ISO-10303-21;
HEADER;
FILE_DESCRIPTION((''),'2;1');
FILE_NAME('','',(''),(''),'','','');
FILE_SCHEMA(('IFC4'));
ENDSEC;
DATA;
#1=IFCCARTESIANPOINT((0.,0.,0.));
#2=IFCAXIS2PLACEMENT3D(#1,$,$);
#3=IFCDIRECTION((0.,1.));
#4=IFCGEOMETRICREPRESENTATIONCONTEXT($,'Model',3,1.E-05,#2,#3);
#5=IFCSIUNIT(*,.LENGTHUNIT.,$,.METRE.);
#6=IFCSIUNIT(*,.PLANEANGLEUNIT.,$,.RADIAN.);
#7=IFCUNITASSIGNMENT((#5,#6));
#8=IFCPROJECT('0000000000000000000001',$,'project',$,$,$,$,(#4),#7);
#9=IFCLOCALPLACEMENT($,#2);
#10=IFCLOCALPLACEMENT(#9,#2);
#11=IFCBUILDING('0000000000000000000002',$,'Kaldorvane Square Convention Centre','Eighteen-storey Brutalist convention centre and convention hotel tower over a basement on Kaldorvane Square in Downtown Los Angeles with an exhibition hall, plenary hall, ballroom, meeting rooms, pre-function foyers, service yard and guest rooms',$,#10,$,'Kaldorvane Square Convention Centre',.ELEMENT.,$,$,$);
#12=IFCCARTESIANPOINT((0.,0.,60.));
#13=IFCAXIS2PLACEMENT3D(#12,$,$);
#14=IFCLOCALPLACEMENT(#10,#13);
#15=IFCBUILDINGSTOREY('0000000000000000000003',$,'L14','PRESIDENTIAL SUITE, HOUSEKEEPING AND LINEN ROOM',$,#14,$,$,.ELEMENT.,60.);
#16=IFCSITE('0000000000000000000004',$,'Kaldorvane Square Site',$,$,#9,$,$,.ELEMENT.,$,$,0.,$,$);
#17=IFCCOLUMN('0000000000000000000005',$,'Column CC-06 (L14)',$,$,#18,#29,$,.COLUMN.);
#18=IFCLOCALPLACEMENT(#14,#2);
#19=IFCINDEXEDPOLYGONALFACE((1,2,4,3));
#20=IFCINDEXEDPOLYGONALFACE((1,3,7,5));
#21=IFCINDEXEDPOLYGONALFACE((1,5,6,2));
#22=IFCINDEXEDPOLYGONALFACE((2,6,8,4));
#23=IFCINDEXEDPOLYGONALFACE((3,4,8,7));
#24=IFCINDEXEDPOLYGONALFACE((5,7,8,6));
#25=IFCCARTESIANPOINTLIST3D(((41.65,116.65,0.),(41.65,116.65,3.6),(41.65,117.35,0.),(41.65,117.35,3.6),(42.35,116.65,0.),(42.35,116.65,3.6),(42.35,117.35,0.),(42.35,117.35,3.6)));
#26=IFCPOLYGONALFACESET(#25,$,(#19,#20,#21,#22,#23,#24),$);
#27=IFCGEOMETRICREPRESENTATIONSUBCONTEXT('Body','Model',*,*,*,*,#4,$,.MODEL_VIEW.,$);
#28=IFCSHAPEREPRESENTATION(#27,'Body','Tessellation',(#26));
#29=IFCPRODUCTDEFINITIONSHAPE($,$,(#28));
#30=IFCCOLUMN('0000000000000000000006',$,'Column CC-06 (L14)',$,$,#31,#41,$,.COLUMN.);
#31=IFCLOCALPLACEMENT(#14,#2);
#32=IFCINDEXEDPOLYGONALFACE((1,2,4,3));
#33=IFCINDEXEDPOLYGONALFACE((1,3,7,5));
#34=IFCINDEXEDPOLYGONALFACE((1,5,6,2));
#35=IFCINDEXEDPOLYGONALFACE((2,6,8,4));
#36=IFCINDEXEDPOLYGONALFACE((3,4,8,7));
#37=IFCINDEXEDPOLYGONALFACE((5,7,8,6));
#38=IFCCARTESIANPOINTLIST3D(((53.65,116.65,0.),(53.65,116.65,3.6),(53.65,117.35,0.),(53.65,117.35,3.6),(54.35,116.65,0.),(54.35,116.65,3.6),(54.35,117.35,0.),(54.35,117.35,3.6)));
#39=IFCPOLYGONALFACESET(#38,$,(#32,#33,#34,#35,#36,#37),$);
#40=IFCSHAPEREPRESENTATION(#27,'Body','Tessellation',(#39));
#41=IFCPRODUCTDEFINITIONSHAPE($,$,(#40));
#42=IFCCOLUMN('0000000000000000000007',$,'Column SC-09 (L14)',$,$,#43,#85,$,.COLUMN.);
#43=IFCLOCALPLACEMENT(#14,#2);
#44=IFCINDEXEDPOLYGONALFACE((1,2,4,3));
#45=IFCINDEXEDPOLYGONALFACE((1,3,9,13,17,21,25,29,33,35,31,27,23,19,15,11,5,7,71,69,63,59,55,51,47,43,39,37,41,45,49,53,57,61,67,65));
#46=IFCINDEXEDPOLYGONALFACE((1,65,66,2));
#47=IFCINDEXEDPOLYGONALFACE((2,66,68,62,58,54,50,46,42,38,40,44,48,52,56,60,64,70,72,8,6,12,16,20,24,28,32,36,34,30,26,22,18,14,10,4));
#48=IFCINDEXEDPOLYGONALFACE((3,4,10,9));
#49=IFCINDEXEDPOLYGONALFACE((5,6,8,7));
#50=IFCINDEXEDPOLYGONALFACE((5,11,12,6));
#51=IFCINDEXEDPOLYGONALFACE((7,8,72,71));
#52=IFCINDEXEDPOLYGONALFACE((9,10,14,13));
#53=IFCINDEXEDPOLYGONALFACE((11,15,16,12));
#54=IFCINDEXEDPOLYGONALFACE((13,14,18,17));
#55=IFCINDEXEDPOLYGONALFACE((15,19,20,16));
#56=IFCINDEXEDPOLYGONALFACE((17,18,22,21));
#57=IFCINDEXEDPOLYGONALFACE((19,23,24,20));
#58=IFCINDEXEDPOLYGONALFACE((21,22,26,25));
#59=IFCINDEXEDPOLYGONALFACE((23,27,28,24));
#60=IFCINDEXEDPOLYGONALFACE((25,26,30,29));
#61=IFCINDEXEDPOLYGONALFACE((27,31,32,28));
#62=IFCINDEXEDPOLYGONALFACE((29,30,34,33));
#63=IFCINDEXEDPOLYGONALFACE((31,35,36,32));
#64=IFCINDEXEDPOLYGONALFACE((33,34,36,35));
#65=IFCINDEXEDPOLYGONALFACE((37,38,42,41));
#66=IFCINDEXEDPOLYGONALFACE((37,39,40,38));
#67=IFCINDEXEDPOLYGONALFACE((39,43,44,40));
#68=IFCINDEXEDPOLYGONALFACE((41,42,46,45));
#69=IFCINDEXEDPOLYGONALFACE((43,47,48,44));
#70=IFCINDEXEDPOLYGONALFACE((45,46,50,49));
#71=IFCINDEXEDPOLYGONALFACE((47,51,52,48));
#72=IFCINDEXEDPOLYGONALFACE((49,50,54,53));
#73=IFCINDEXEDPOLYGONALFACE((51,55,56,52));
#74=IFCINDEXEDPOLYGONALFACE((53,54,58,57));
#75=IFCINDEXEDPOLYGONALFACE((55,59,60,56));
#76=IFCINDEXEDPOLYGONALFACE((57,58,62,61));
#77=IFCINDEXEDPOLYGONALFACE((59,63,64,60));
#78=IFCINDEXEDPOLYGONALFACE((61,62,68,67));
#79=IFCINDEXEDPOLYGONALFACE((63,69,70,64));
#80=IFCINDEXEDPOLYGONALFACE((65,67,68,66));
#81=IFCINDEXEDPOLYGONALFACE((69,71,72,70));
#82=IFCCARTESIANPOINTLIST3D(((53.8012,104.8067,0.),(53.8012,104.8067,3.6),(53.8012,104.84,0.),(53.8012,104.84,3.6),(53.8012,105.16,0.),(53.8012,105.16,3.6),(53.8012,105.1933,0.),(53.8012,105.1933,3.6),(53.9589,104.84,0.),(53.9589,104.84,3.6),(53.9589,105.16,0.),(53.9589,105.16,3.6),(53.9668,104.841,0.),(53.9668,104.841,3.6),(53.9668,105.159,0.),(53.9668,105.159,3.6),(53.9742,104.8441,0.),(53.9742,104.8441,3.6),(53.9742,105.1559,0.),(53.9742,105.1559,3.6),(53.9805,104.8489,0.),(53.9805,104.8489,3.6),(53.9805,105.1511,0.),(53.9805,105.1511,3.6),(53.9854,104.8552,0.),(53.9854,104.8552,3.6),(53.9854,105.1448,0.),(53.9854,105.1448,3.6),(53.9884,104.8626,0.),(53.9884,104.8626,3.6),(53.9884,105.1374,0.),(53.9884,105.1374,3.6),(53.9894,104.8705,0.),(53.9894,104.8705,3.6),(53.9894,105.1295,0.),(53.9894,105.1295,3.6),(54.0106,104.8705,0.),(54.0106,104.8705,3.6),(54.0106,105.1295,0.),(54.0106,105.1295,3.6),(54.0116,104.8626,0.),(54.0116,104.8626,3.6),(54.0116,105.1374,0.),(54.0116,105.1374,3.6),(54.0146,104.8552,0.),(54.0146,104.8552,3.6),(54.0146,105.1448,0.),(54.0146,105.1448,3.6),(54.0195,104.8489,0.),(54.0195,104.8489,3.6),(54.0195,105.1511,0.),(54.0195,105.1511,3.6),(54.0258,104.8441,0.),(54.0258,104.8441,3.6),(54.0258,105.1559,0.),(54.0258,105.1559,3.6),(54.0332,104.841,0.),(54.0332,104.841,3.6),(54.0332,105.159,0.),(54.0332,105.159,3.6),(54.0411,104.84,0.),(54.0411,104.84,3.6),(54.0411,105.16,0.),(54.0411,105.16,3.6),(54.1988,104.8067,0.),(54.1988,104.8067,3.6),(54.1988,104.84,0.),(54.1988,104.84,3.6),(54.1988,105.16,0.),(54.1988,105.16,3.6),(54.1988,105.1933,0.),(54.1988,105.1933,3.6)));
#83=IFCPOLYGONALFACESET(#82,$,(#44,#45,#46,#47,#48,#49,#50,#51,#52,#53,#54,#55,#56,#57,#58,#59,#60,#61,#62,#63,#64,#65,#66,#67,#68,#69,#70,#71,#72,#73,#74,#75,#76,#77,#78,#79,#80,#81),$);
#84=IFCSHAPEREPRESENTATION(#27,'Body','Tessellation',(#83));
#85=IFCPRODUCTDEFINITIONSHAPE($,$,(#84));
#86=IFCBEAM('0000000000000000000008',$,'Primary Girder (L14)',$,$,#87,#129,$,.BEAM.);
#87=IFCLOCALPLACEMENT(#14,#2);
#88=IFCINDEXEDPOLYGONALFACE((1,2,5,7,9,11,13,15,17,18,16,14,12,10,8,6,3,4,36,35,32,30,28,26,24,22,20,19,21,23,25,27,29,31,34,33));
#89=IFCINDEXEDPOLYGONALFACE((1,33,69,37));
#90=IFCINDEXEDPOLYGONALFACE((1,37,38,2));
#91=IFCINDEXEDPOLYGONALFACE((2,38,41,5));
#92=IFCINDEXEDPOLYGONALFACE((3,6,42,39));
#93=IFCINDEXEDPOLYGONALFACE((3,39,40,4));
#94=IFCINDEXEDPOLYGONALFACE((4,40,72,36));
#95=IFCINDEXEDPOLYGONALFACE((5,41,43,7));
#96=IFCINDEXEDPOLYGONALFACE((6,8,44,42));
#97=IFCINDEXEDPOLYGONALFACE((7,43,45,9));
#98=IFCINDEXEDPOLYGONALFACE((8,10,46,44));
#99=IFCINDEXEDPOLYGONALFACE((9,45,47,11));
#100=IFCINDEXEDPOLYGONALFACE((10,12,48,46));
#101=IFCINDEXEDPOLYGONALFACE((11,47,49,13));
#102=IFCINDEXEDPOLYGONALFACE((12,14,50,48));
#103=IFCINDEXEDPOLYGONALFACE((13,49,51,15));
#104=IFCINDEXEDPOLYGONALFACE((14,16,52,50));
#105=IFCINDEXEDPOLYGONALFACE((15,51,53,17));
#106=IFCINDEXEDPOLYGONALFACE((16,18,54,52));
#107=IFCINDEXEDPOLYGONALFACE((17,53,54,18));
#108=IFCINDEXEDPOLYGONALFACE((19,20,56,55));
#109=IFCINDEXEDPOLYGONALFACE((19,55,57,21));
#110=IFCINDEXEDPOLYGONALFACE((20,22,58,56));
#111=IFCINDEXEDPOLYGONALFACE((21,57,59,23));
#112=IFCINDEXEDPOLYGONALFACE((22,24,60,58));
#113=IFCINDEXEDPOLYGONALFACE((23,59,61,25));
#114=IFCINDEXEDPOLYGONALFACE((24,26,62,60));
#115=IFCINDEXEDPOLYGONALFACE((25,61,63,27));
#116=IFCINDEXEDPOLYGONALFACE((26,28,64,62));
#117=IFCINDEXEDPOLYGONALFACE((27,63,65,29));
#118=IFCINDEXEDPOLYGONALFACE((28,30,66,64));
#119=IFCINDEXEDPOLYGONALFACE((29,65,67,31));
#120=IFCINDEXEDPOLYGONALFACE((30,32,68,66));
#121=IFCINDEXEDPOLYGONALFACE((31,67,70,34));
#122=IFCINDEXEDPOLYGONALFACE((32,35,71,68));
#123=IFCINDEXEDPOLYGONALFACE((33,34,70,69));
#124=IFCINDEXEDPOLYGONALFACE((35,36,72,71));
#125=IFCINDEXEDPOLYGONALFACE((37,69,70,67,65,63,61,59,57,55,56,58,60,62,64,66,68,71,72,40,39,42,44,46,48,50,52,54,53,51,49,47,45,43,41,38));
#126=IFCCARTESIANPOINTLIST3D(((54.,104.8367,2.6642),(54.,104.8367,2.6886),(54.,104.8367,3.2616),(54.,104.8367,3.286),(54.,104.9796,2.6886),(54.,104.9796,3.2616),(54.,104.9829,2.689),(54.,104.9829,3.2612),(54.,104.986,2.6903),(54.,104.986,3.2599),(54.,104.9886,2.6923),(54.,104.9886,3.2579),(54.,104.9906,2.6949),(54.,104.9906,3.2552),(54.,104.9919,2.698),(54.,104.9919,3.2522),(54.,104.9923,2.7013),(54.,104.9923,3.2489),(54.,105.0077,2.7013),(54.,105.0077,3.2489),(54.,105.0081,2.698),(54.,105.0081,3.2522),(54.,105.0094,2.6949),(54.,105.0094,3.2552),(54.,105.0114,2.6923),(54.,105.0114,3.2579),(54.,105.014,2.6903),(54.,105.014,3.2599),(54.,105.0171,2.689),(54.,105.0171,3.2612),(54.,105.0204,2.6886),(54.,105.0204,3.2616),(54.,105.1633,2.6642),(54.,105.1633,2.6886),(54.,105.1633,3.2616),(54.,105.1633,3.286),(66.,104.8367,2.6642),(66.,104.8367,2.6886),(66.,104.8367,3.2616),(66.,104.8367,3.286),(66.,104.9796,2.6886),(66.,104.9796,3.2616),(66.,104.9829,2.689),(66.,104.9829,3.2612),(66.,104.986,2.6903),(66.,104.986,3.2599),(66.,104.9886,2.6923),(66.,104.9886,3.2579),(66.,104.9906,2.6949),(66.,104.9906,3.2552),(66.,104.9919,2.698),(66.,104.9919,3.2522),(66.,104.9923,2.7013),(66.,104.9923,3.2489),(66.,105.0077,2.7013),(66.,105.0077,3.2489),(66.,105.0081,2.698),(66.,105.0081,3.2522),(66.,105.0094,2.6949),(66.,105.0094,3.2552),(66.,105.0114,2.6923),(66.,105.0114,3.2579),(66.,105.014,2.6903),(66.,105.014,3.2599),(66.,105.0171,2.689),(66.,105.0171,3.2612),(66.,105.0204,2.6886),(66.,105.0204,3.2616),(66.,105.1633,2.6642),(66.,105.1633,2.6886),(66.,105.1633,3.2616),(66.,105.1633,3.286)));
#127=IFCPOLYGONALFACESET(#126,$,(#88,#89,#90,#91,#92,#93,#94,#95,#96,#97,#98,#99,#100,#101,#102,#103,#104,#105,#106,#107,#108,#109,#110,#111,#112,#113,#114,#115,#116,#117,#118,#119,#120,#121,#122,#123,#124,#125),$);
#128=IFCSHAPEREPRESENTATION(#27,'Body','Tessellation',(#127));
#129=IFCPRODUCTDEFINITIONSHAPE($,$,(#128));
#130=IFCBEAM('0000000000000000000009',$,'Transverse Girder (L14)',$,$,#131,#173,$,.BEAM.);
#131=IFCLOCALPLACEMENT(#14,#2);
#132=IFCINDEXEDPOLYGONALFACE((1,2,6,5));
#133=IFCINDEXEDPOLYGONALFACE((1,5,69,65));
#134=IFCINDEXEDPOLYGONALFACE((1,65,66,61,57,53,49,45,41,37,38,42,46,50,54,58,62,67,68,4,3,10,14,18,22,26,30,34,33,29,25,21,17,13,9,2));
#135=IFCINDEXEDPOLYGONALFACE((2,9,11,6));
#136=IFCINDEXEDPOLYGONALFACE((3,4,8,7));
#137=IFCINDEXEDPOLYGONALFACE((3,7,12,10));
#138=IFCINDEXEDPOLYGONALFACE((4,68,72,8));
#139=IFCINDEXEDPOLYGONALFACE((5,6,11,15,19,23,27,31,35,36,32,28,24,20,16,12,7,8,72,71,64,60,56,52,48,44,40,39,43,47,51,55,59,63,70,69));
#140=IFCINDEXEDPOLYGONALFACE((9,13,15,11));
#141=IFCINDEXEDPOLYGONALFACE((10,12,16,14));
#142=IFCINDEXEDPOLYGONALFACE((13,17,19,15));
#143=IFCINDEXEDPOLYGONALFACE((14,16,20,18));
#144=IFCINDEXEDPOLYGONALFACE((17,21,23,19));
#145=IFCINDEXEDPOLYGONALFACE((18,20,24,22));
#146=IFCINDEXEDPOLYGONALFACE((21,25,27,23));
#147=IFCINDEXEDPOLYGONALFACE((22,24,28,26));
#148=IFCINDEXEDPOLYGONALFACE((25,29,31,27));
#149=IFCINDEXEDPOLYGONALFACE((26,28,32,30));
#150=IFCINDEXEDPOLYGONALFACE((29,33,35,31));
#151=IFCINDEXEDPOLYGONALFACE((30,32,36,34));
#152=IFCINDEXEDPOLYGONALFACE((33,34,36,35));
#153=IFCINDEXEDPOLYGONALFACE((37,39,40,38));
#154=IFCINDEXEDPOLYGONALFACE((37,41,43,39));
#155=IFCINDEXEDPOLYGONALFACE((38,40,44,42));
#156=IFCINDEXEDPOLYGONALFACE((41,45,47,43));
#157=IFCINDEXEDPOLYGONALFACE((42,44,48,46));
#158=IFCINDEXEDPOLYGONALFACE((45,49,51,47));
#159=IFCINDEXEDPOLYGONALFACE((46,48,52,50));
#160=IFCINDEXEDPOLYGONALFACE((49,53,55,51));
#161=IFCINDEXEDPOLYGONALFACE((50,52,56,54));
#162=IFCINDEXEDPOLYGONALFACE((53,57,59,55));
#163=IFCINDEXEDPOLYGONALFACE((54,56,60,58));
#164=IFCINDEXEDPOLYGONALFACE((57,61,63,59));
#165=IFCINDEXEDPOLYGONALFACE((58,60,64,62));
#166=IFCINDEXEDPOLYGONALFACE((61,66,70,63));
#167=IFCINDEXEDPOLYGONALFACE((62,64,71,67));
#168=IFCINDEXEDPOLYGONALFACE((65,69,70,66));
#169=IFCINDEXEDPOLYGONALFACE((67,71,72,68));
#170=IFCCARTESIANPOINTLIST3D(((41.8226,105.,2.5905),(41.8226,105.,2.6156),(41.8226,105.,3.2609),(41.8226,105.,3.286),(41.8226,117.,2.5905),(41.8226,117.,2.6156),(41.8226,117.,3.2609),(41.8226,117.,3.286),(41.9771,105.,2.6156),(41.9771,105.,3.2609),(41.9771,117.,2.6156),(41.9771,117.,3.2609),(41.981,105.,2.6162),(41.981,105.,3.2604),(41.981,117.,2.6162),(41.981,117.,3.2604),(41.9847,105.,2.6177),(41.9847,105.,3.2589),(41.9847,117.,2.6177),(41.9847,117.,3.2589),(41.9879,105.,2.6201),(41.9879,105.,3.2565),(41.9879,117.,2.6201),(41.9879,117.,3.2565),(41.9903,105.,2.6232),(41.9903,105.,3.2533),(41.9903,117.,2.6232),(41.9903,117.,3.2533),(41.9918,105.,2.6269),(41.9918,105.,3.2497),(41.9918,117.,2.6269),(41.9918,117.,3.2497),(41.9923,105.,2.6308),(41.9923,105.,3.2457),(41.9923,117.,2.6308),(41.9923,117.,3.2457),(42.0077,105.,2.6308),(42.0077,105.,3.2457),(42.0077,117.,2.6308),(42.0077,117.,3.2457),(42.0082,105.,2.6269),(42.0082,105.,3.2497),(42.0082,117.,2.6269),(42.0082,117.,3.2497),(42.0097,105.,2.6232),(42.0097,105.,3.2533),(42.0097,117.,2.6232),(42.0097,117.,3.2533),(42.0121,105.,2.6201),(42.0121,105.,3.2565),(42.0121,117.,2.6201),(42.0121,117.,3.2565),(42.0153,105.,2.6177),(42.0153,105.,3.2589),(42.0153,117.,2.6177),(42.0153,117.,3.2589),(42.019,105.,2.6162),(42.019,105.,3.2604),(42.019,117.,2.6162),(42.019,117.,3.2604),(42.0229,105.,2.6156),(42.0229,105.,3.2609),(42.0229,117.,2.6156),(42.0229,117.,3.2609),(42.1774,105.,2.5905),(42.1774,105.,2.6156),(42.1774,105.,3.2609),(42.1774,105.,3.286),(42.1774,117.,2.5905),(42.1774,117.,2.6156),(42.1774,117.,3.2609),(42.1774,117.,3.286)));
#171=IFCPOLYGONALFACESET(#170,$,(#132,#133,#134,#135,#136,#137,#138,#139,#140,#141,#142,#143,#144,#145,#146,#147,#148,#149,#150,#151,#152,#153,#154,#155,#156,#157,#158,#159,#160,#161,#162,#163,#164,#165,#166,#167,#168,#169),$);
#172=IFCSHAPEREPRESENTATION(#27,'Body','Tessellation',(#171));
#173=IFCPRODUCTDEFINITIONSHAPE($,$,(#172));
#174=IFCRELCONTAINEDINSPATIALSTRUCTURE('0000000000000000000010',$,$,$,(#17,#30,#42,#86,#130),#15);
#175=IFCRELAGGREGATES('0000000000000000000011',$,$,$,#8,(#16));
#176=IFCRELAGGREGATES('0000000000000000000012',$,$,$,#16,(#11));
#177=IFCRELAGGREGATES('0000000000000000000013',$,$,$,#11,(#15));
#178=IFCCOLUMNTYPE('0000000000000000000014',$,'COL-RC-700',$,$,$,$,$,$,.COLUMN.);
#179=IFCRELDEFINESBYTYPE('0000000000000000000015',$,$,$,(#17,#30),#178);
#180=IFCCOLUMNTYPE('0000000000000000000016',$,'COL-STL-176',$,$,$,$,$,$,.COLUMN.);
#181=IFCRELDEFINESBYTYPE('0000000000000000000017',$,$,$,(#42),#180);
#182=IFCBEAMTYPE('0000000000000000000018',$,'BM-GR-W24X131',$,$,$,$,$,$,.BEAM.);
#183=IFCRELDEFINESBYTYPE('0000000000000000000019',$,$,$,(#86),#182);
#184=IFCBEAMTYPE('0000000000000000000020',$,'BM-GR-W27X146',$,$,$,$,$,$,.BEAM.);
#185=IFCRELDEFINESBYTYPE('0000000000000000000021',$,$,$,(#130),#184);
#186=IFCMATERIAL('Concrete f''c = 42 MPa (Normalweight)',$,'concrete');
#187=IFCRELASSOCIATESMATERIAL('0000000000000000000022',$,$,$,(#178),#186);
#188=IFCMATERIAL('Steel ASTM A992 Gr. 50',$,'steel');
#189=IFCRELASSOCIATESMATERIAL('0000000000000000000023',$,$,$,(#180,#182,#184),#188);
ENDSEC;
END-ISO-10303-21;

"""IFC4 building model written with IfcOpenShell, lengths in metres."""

from ifc_helpers import new_model, si_unit, direction, frame, origin, origin_2d, place, context, subcontext, project, spatial, rectangle, i_section, extrude, material, material_profile, profile_set, type_object, element, save


model = new_model("IFC4")

# Units and contexts
model_context = context("Model", 3, precision=1e-05, world=origin(), true_north=direction((0.0, 1.0)))
body_context = subcontext(model_context, "Body", "Model", "MODEL_VIEW")
ifc_project = project(units=[si_unit("LENGTHUNIT", "METRE"), si_unit("PLANEANGLEUNIT", "RADIAN")], contexts=[model_context])

# Site, building, storey
site_placement = place(None, origin())
site = spatial("IfcSite", under=ifc_project, at=site_placement, Name="Kaldorvane Square Site", CompositionType="ELEMENT", RefElevation=0.0)
building_placement = place(site_placement, origin())
building = spatial("IfcBuilding", under=site, at=building_placement, Name="Kaldorvane Square Convention Centre", Description="Eighteen-storey Brutalist convention centre and convention hotel tower over a basement on Kaldorvane Square in Downtown Los Angeles with an exhibition hall, plenary hall, ballroom, meeting rooms, pre-function foyers, service yard and guest rooms", LongName="Kaldorvane Square Convention Centre", CompositionType="ELEMENT")
storey_placement = place(building_placement, frame((0.0, 0.0, 60.0)))
storey = spatial("IfcBuildingStorey", under=building, at=storey_placement, Name="L14", Description="PRESIDENTIAL SUITE, HOUSEKEEPING AND LINEN ROOM", CompositionType="ELEMENT", Elevation=60.0)

# Columns
ifc_material_1 = material(Name="Concrete f'c = 42 MPa (Normalweight)", Category="concrete")
ifc_material_profile_1 = material_profile(ifc_material_1, rectangle(XDim=0.7, YDim=0.7, at=origin_2d()), Name="RC700X700")
ifc_profile_set_1 = profile_set([ifc_material_profile_1], Name="Concrete f'c = 42 MPa (Normalweight)")
column_type_1 = type_object("IfcColumnType", Name="COL-RC-700", PredefinedType="COLUMN", material=ifc_profile_set_1)
for number, where, z_axis, x_axis, name in (
    (1, (42.0, 117.0, 0.0), (0.0, 0.0, 1.0), (1.0, 0.0, 0.0), "Column CC-06 (L14)"),
    (2, (54.0, 117.0, 0.0), (0.0, 0.0, 1.0), (1.0, 0.0, 0.0), "Column CC-06 (L14)"),
):
    element("IfcColumn", number, at=place(storey_placement, frame(where, z_axis=z_axis, x_axis=x_axis)), inside=storey, type_object=column_type_1, Name=name, PredefinedType="COLUMN", context=body_context, shape_type="SweptSolid", body=[
        extrude(rectangle(XDim=0.7, YDim=0.7, at=origin_2d()), origin(), (0.0, 0.0, 1.0), 3.6),
    ])
ifc_material_2 = material(Name="Steel ASTM A992 Gr. 50", Category="steel")
ifc_material_profile_2 = material_profile(ifc_material_2, i_section(OverallWidth=0.3975, OverallDepth=0.3866, WebThickness=0.0211, FlangeThickness=0.0333, FilletRadius=0.0305, at=origin_2d()), Name="W14X176")
ifc_profile_set_2 = profile_set([ifc_material_profile_2], Name="Steel ASTM A992 Gr. 50")
column_type_2 = type_object("IfcColumnType", Name="COL-STL-176", PredefinedType="COLUMN", material=ifc_profile_set_2)
column_placement = place(storey_placement, frame((54.0, 105.0, 0.0), z_axis=(0.0, 0.0, 1.0), x_axis=(1.0, 0.0, 0.0)))
element("IfcColumn", 3, at=column_placement, inside=storey, type_object=column_type_2, Name="Column SC-09 (L14)", PredefinedType="COLUMN", context=body_context, shape_type="SweptSolid", body=[
    extrude(i_section(OverallWidth=0.3975, OverallDepth=0.3866, WebThickness=0.0211, FlangeThickness=0.0333, FilletRadius=0.0305, at=origin_2d()), origin(), (0.0, 0.0, 1.0), 3.6),
])

# Beams
ifc_material_profile_3 = material_profile(ifc_material_2, i_section(OverallWidth=0.3265, OverallDepth=0.6218, WebThickness=0.0154, FlangeThickness=0.0244, FilletRadius=0.0127, at=origin_2d()), Name="W24X131")
ifc_profile_set_3 = profile_set([ifc_material_profile_3], Name="Steel ASTM A992 Gr. 50")
beam_type_1 = type_object("IfcBeamType", Name="BM-GR-W24X131", PredefinedType="BEAM", material=ifc_profile_set_3)
beam_1_placement = place(storey_placement, frame((54.0, 105.0, 2.9751), z_axis=(1.0, 0.0, 0.0), x_axis=(0.0, 1.0, 0.0)))
element("IfcBeam", 4, at=beam_1_placement, inside=storey, type_object=beam_type_1, Name="Primary Girder (L14)", PredefinedType="BEAM", context=body_context, shape_type="SweptSolid", body=[
    extrude(i_section(OverallWidth=0.3265, OverallDepth=0.6218, WebThickness=0.0154, FlangeThickness=0.0244, FilletRadius=0.0127, at=origin_2d()), origin(), (0.0, 0.0, 1.0), 12.0),
])
ifc_material_profile_4 = material_profile(ifc_material_2, i_section(OverallWidth=0.3547, OverallDepth=0.6955, WebThickness=0.0154, FlangeThickness=0.0251, FilletRadius=0.0152, at=origin_2d()), Name="W27X146")
ifc_profile_set_4 = profile_set([ifc_material_profile_4], Name="Steel ASTM A992 Gr. 50")
beam_type_2 = type_object("IfcBeamType", Name="BM-GR-W27X146", PredefinedType="BEAM", material=ifc_profile_set_4)
for number, where, z_axis, x_axis, name in (
    (5, (42.0, 105.0, 2.9383), (0.0, 1.0, 0.0), (-1.0, 0.0, 0.0), "Transverse Girder (L14)"),
):
    element("IfcBeam", number, at=place(storey_placement, frame(where, z_axis=z_axis, x_axis=x_axis)), inside=storey, type_object=beam_type_2, Name=name, PredefinedType="BEAM", context=body_context, shape_type="SweptSolid", body=[
        extrude(i_section(OverallWidth=0.3547, OverallDepth=0.6955, WebThickness=0.0154, FlangeThickness=0.0251, FilletRadius=0.0152, at=origin_2d()), origin(), (0.0, 0.0, 1.0), 12.0),
    ])

save(model, "model.ifc")
